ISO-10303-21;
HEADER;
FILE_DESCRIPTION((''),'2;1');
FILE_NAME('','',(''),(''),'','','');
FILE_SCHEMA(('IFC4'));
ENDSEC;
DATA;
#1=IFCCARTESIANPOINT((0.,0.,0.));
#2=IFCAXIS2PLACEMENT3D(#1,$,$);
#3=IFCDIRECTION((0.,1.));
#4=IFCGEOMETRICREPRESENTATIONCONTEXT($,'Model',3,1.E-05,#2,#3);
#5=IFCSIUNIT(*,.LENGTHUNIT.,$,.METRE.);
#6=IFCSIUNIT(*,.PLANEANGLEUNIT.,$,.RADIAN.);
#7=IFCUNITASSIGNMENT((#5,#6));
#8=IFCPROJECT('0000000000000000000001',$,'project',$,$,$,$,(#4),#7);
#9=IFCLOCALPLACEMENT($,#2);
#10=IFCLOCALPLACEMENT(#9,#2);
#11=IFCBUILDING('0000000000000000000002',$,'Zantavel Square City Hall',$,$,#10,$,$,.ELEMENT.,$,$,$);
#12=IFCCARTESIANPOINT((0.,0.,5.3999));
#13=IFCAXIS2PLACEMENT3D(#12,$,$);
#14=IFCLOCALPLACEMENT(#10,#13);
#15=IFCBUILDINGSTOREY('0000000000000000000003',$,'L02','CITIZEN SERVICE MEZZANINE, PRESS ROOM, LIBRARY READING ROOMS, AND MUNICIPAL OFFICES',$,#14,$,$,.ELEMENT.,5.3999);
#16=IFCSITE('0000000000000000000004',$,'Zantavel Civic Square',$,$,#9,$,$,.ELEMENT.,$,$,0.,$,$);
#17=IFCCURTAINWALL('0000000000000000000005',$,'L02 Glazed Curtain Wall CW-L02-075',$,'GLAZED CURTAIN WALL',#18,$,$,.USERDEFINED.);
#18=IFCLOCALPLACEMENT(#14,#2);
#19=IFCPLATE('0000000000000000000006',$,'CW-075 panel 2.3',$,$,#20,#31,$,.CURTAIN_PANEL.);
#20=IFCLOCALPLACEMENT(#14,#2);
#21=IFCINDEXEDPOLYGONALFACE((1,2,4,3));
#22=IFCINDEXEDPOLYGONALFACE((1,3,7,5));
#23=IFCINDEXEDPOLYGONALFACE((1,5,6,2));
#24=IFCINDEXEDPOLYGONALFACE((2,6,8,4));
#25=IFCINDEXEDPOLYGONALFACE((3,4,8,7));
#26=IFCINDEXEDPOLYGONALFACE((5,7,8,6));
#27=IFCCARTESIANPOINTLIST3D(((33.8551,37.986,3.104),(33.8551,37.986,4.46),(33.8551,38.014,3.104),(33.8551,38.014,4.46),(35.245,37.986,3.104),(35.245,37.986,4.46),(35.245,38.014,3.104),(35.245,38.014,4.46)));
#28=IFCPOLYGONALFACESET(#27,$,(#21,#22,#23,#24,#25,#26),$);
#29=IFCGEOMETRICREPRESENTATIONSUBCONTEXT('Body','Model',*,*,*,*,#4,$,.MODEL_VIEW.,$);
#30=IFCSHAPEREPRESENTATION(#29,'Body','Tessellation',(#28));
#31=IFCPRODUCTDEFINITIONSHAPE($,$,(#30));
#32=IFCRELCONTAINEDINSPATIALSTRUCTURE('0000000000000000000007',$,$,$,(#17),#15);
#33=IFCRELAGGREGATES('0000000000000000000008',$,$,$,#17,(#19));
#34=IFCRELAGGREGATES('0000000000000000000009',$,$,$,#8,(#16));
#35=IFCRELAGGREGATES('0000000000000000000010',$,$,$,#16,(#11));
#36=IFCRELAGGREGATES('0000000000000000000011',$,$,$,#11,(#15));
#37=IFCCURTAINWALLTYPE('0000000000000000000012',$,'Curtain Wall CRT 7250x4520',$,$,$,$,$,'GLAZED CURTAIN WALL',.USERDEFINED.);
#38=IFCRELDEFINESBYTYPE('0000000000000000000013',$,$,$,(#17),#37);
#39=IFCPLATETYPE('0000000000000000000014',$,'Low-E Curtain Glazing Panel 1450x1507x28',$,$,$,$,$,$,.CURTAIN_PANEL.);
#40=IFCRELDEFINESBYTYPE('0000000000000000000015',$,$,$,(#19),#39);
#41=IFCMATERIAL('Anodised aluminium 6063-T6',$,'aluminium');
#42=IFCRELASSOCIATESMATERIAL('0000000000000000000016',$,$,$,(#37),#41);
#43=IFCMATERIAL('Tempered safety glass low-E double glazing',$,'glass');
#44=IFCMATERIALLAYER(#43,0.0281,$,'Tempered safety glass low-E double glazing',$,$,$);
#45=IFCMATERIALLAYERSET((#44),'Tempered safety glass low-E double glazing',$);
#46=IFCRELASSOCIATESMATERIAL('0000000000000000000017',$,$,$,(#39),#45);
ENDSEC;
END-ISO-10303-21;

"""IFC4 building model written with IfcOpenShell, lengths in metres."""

from ifc_helpers import new_model, si_unit, direction, frame, origin, origin_2d, place, context, subcontext, project, spatial, rectangle, extrude, material, layer, layer_set, type_object, element, aggregate, save


model = new_model("IFC4")

# Units and contexts
model_context = context("Model", 3, precision=1e-05, world=origin(), true_north=direction((0.0, 1.0)))
body_context = subcontext(model_context, "Body", "Model", "MODEL_VIEW")
ifc_project = project(units=[si_unit("LENGTHUNIT", "METRE"), si_unit("PLANEANGLEUNIT", "RADIAN")], contexts=[model_context])

# Site, building, storey
site_placement = place(None, origin())
site = spatial("IfcSite", under=ifc_project, at=site_placement, Name="Zantavel Civic Square", CompositionType="ELEMENT", RefElevation=0.0)
building_placement = place(site_placement, origin())
building = spatial("IfcBuilding", under=site, at=building_placement, Name="Zantavel Square City Hall", CompositionType="ELEMENT")
storey_placement = place(building_placement, frame((0.0, 0.0, 5.3999)))
storey = spatial("IfcBuildingStorey", under=building, at=storey_placement, Name="L02", Description="CITIZEN SERVICE MEZZANINE, PRESS ROOM, LIBRARY READING ROOMS, AND MUNICIPAL OFFICES", CompositionType="ELEMENT", Elevation=5.3999)

# Curtain wall, plate
ifc_material_1 = material(Name="Anodised aluminium 6063-T6", Category="aluminium")
curtain_wall_type = type_object("IfcCurtainWallType", Name="Curtain Wall CRT 7250x4520", ElementType="GLAZED CURTAIN WALL", PredefinedType="USERDEFINED", material=ifc_material_1)
curtain_wall_placement = place(storey_placement, origin())
curtain_wall = element("IfcCurtainWall", 1, at=curtain_wall_placement, inside=storey, type_object=curtain_wall_type, Name="L02 Glazed Curtain Wall CW-L02-075", ObjectType="GLAZED CURTAIN WALL", PredefinedType="USERDEFINED")
ifc_material_2 = material(Name="Tempered safety glass low-E double glazing", Category="glass")
ifc_layer = layer(ifc_material_2, 0.0281, Name="Tempered safety glass low-E double glazing")
ifc_layer_set = layer_set([ifc_layer], Name="Tempered safety glass low-E double glazing")
plate_type = type_object("IfcPlateType", Name="Low-E Curtain Glazing Panel 1450x1507x28", PredefinedType="CURTAIN_PANEL", material=ifc_layer_set)
plate_1_placement = place(storey_placement, frame((34.55, 38.0, 3.104), z_axis=(0.0, 0.0, 1.0), x_axis=(1.0, 0.0, 0.0)))
plate_1 = element("IfcPlate", 2, at=plate_1_placement, type_object=plate_type, Name="CW-075 panel 2.3", PredefinedType="CURTAIN_PANEL", context=body_context, shape_type="SweptSolid", body=[
    extrude(rectangle(XDim=1.3899, YDim=0.0281, at=origin_2d()), origin(), (0.0, 0.0, 1.0), 1.356),
])
aggregate(curtain_wall, [plate_1])

save(model, "model.ifc")
